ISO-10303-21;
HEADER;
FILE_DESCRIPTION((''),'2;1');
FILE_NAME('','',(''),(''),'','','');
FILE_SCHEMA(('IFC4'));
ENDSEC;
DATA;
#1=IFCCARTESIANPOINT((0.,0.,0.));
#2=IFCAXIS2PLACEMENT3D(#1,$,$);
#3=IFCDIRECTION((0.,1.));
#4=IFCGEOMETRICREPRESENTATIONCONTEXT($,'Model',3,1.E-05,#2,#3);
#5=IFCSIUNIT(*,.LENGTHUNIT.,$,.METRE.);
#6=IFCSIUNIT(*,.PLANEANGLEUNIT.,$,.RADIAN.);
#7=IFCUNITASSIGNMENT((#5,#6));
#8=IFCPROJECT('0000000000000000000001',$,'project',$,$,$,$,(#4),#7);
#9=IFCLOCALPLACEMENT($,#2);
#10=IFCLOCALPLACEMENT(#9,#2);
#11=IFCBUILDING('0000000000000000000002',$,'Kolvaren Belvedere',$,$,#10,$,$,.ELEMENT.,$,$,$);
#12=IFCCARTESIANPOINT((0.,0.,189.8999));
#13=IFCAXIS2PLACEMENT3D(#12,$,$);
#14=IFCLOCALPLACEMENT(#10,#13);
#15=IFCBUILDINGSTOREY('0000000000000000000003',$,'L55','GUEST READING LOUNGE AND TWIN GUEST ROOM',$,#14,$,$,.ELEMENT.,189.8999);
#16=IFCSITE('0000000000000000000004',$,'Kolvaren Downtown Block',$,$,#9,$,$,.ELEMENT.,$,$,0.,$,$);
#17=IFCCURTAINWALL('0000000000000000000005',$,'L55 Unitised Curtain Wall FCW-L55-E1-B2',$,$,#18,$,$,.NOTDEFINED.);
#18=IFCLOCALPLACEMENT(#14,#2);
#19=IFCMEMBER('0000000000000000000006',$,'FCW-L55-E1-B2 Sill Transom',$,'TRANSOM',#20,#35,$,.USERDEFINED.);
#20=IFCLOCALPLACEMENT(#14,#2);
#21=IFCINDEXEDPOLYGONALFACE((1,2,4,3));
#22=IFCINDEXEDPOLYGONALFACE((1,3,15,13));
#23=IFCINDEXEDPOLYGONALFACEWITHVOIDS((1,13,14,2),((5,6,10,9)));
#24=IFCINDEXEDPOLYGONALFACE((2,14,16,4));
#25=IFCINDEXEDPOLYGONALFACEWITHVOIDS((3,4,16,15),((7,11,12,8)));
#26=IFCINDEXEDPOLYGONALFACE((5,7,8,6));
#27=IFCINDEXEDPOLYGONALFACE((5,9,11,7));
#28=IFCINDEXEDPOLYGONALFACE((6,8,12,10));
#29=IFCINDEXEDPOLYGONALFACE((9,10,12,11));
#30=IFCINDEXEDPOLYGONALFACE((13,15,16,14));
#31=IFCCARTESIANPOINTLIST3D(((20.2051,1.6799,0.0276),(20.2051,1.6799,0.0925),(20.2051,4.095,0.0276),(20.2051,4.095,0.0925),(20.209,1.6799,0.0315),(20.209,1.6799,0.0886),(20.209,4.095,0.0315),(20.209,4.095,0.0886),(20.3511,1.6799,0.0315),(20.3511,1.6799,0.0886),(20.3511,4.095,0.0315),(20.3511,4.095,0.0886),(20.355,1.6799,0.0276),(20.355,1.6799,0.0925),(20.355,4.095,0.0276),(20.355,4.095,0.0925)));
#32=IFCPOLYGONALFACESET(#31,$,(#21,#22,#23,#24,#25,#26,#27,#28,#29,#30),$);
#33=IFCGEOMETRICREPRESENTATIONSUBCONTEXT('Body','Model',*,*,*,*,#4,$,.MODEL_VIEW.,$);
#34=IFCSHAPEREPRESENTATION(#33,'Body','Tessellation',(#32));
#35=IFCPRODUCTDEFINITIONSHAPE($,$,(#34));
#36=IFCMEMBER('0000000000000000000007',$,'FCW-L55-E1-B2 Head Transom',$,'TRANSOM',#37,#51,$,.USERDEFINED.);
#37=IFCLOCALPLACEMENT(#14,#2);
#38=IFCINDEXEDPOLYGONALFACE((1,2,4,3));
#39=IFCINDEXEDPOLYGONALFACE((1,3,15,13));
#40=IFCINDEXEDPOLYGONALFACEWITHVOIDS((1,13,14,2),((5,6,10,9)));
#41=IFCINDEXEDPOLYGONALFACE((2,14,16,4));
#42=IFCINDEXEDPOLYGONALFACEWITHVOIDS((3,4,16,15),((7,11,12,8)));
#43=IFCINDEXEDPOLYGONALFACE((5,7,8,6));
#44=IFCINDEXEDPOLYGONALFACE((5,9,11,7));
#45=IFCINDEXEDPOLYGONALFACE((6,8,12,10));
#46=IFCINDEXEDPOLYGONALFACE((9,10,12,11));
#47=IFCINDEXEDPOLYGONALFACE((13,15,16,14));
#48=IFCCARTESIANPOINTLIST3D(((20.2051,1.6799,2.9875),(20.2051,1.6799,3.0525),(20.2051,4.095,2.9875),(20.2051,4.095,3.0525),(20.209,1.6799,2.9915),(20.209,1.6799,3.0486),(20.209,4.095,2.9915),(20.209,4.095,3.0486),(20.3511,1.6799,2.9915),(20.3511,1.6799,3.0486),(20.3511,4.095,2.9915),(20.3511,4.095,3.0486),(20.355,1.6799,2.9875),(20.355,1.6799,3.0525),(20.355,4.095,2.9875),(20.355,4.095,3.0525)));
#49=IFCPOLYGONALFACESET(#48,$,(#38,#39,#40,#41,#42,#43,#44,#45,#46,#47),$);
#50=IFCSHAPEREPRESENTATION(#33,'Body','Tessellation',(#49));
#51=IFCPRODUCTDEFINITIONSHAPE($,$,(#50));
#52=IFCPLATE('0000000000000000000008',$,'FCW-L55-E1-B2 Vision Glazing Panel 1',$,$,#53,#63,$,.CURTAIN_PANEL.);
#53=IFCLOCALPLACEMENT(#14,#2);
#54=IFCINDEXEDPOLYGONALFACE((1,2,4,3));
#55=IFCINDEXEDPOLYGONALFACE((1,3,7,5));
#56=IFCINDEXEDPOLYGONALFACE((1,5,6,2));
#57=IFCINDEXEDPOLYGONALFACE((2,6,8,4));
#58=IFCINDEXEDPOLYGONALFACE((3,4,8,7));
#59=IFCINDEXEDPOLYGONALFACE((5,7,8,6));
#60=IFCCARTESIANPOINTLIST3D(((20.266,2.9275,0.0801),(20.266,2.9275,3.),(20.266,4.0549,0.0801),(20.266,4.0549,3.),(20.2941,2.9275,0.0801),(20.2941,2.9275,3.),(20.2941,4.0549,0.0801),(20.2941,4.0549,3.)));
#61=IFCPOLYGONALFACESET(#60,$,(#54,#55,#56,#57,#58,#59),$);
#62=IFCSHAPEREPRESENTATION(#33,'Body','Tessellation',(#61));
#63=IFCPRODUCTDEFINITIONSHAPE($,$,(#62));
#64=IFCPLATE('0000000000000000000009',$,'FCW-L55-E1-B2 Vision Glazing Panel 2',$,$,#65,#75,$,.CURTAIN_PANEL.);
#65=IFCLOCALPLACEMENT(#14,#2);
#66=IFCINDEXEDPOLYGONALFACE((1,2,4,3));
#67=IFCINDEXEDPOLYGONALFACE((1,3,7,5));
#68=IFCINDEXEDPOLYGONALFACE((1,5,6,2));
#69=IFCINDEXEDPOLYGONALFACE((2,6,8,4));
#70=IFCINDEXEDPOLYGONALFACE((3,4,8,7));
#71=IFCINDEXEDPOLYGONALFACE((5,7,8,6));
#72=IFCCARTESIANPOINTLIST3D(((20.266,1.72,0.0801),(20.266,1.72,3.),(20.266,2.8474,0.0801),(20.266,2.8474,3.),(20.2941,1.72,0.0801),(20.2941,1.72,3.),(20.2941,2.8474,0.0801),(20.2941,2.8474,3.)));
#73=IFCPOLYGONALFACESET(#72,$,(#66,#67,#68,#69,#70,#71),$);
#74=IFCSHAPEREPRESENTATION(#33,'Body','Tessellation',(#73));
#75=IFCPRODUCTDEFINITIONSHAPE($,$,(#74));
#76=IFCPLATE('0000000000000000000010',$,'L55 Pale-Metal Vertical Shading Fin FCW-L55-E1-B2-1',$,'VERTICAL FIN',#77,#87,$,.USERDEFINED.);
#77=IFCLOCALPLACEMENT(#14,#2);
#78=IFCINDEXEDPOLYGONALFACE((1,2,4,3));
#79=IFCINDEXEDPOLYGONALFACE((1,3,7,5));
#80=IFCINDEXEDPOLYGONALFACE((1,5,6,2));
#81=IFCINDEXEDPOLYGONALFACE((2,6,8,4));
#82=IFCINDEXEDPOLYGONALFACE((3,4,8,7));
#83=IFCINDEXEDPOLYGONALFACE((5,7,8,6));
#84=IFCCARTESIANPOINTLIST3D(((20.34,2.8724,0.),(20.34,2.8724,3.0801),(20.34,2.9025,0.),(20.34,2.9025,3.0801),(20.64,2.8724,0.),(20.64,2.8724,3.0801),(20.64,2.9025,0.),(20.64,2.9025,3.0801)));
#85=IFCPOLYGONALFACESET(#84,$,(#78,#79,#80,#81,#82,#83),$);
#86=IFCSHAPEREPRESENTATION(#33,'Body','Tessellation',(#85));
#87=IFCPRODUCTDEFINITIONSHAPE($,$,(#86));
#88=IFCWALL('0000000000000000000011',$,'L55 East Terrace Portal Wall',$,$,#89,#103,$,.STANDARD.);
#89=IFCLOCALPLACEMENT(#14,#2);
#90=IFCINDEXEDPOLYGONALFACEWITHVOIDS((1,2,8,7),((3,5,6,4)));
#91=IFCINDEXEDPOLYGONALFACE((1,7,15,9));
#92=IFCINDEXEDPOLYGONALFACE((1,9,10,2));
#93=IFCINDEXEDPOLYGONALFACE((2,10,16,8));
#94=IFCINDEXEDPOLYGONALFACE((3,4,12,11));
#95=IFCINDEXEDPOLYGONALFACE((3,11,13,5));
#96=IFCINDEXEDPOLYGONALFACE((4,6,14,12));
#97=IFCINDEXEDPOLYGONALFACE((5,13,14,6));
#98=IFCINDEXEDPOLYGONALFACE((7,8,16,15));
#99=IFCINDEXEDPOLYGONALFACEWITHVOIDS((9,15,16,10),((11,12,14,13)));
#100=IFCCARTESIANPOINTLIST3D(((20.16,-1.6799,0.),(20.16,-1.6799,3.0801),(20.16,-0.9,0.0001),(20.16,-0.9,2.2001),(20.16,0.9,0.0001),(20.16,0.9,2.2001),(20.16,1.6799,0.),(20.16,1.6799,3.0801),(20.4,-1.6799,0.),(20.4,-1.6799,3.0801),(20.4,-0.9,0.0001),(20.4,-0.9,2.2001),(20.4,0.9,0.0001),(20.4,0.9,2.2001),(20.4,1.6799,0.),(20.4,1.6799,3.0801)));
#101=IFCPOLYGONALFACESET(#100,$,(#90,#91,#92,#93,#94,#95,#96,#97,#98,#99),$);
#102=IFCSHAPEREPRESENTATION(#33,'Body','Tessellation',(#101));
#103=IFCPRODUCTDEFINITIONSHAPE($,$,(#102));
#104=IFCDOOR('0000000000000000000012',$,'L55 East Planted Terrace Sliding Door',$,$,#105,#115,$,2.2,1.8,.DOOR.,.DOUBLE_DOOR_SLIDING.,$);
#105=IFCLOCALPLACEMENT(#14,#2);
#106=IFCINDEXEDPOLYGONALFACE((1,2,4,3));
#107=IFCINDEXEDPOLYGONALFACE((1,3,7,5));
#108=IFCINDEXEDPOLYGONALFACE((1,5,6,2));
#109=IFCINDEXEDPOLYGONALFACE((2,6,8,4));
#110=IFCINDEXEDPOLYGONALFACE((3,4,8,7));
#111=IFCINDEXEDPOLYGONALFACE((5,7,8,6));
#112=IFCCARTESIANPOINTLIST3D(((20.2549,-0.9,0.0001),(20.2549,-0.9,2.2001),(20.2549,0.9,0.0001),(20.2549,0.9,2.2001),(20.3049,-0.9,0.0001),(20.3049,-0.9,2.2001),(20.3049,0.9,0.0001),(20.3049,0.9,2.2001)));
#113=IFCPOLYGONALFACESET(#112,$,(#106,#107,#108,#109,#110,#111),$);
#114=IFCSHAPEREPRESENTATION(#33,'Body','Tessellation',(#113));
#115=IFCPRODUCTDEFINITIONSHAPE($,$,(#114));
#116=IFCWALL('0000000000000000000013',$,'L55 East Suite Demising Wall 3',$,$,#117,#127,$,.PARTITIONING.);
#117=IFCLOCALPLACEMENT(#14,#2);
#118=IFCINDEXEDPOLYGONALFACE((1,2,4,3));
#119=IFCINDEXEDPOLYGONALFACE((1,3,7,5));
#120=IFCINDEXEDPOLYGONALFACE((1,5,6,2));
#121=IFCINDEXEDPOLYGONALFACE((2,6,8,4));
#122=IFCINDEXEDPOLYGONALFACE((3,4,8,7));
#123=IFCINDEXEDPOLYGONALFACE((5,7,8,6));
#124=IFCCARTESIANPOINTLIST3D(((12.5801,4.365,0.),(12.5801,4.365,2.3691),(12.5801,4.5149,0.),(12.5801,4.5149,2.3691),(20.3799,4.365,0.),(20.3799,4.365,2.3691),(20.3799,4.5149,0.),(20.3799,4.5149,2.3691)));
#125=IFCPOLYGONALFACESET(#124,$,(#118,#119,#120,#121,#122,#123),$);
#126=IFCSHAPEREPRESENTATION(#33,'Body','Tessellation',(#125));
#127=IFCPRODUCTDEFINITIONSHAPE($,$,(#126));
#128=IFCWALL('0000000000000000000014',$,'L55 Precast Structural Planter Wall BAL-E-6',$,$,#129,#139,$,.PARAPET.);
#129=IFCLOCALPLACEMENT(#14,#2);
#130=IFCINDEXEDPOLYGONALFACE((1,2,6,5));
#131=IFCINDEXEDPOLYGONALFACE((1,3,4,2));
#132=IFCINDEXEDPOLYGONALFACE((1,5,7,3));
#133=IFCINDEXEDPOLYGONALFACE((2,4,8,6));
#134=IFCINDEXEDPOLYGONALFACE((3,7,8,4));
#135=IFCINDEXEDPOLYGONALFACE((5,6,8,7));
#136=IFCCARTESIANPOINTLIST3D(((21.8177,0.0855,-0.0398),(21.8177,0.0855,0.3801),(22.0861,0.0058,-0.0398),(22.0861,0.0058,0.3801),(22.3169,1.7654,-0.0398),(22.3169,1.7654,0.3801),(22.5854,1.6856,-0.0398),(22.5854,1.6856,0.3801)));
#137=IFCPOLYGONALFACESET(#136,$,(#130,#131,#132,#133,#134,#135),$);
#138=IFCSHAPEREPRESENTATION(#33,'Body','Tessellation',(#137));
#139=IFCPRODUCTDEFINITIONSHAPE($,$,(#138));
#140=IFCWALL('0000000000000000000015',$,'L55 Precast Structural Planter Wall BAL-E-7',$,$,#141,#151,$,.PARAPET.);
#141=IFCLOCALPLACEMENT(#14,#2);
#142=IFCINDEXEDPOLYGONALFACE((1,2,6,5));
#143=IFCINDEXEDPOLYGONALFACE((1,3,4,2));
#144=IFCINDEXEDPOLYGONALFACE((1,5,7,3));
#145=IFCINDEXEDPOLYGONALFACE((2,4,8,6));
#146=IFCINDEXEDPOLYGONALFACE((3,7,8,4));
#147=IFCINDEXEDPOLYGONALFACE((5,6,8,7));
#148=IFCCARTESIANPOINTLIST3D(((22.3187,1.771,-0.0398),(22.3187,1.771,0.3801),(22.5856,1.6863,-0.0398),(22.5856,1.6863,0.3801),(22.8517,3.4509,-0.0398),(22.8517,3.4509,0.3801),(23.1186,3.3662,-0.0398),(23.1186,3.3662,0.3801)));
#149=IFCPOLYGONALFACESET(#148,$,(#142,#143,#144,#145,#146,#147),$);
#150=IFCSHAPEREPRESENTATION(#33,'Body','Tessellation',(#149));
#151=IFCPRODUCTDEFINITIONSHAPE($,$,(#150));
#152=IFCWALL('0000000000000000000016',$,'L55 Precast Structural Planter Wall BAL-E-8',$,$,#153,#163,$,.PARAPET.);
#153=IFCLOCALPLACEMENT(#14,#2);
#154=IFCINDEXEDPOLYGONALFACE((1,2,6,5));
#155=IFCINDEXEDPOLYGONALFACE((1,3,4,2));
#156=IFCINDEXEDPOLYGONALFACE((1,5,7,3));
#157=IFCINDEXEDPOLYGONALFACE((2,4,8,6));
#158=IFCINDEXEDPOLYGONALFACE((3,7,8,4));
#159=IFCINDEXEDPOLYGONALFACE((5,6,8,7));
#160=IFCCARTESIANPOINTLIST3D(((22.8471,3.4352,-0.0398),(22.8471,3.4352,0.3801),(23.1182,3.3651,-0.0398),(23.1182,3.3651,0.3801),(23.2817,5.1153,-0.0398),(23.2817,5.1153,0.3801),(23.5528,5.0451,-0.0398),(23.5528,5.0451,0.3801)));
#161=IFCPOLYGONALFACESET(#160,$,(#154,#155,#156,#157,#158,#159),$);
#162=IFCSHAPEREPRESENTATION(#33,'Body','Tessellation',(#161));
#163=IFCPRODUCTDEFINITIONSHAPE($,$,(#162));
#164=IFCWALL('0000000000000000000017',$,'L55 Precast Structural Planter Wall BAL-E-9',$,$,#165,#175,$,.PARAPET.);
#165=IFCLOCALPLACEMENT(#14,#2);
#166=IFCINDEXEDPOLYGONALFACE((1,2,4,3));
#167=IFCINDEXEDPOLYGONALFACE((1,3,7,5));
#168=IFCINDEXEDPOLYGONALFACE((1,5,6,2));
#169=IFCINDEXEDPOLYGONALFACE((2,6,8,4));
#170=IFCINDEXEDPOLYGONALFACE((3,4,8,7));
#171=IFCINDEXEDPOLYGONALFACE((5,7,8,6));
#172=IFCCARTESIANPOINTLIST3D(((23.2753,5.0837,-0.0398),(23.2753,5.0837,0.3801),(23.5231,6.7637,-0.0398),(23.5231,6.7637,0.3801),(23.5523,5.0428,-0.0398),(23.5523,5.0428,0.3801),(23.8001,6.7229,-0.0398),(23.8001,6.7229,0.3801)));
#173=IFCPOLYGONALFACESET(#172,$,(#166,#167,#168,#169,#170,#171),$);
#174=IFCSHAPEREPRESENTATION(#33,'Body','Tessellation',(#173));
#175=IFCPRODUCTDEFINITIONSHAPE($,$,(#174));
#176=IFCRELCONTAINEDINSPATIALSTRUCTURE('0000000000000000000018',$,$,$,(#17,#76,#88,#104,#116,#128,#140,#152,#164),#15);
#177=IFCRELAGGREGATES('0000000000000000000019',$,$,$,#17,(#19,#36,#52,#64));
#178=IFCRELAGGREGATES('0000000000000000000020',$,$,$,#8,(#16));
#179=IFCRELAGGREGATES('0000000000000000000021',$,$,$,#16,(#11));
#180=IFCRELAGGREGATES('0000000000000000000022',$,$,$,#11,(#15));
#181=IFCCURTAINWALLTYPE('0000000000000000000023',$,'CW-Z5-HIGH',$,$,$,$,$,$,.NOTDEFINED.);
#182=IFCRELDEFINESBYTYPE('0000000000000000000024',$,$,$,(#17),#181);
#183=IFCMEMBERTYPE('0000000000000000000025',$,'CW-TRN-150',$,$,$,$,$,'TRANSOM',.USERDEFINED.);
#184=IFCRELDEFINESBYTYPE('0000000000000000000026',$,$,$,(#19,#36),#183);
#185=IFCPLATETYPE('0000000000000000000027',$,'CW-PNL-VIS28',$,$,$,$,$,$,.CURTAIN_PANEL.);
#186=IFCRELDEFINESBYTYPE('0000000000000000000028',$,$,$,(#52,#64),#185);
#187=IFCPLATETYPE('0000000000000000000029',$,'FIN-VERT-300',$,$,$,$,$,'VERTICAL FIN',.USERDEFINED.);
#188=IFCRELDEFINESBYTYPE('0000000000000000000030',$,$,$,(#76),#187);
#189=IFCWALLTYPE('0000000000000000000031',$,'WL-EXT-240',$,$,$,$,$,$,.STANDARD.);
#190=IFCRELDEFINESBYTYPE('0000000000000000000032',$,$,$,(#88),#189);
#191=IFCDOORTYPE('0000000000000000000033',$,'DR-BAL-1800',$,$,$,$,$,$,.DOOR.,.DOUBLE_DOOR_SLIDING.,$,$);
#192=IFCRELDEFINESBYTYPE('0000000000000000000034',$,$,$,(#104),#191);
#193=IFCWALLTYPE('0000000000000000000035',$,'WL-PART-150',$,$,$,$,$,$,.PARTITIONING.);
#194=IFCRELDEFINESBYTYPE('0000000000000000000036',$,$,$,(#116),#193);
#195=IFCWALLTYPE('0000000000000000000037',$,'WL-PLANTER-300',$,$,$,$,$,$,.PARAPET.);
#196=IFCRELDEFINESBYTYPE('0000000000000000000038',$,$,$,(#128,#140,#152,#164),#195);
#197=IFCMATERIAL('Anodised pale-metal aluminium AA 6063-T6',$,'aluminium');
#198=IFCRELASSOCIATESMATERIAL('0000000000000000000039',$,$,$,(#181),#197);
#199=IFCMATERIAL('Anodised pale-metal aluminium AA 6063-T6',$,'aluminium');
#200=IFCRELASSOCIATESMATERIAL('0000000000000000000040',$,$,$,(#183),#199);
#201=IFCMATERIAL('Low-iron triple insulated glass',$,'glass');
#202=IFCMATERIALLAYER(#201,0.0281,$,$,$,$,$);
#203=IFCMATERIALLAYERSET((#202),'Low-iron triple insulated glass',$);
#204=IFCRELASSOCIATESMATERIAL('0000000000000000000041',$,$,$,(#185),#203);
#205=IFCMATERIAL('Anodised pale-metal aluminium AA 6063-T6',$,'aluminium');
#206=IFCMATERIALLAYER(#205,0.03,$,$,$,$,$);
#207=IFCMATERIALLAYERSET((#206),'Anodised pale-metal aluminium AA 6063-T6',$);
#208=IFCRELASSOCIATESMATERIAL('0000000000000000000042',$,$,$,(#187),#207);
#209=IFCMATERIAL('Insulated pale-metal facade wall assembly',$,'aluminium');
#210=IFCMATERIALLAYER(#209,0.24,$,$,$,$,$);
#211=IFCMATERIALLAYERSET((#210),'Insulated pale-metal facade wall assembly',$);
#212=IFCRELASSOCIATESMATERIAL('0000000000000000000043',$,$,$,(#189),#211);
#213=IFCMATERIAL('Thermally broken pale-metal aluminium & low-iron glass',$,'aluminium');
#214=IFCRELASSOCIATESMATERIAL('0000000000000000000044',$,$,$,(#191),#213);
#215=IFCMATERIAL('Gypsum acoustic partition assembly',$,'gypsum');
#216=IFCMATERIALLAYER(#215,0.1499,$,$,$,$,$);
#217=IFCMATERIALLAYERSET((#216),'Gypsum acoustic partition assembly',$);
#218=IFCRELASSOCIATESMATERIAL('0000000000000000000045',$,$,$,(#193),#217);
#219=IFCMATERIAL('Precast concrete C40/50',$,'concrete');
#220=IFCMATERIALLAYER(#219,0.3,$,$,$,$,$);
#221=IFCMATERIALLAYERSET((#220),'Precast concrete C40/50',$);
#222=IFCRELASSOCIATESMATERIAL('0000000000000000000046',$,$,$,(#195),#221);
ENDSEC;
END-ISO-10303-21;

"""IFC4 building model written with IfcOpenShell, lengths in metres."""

from ifc_helpers import new_model, si_unit, direction, frame, frame_2d, origin, origin_2d, place, context, subcontext, project, spatial, rectangle, hollow_rectangle, extrude, material, layer, layer_set, material_profile, profile_set, type_object, element, fill, aggregate, save


model = new_model("IFC4")

# Units and contexts
model_context = context("Model", 3, precision=1e-05, world=origin(), true_north=direction((0.0, 1.0)))
body_context = subcontext(model_context, "Body", "Model", "MODEL_VIEW")
ifc_project = project(units=[si_unit("LENGTHUNIT", "METRE"), si_unit("PLANEANGLEUNIT", "RADIAN")], contexts=[model_context])

# Site, building, storey
site_placement = place(None, origin())
site = spatial("IfcSite", under=ifc_project, at=site_placement, Name="Kolvaren Downtown Block", CompositionType="ELEMENT", RefElevation=0.0)
building_placement = place(site_placement, origin())
building = spatial("IfcBuilding", under=site, at=building_placement, Name="Kolvaren Belvedere", CompositionType="ELEMENT")
storey_placement = place(building_placement, frame((0.0, 0.0, 189.8999)))
storey = spatial("IfcBuildingStorey", under=building, at=storey_placement, Name="L55", Description="GUEST READING LOUNGE AND TWIN GUEST ROOM", CompositionType="ELEMENT", Elevation=189.8999)

# Shared definitions
ifc_material_1 = material(Name="Anodised pale-metal aluminium AA 6063-T6", Category="aluminium")
curtain_wall_type = type_object("IfcCurtainWallType", Name="CW-Z5-HIGH", PredefinedType="NOTDEFINED", material=ifc_material_1)

# Curtain wall, members, plates
curtain_wall_1_placement = place(storey_placement, origin())
curtain_wall_1 = element("IfcCurtainWall", 1, at=curtain_wall_1_placement, inside=storey, type_object=curtain_wall_type, Name="L55 Unitised Curtain Wall FCW-L55-E1-B2", PredefinedType="NOTDEFINED")
ifc_material_2 = material(Name="Anodised pale-metal aluminium AA 6063-T6", Category="aluminium")
ifc_material_profile_1 = material_profile(ifc_material_2, hollow_rectangle(XDim=0.0649, YDim=0.1499, WallThickness=0.0039, at=origin_2d()), Name="ALU-TRN-150X65")
ifc_profile_set_1 = profile_set([ifc_material_profile_1], Name="Anodised pale-metal aluminium AA 6063-T6")
member_type_1 = type_object("IfcMemberType", Name="CW-TRN-150", ElementType="TRANSOM", PredefinedType="USERDEFINED", material=ifc_profile_set_1)
member_1_placement = place(storey_placement, frame((20.28, 4.095, 0.0601), z_axis=(0.0, -1.0, 0.0), x_axis=(0.0, 0.0, 1.0)))
member_1 = element("IfcMember", 2, at=member_1_placement, type_object=member_type_1, Name="FCW-L55-E1-B2 Sill Transom", ObjectType="TRANSOM", PredefinedType="USERDEFINED", context=body_context, shape_type="SweptSolid", body=[
    extrude(hollow_rectangle(XDim=0.0649, YDim=0.1499, WallThickness=0.0039, at=origin_2d()), origin(), (0.0, 0.0, 1.0), 2.415),
])
member_2_placement = place(storey_placement, frame((20.28, 4.095, 3.02), z_axis=(0.0, -1.0, 0.0), x_axis=(0.0, 0.0, 1.0)))
member_2 = element("IfcMember", 3, at=member_2_placement, type_object=member_type_1, Name="FCW-L55-E1-B2 Head Transom", ObjectType="TRANSOM", PredefinedType="USERDEFINED", context=body_context, shape_type="SweptSolid", body=[
    extrude(hollow_rectangle(XDim=0.0649, YDim=0.1499, WallThickness=0.0039, at=origin_2d()), origin(), (0.0, 0.0, 1.0), 2.415),
])
ifc_material_3 = material(Name="Low-iron triple insulated glass", Category="glass")
ifc_layer_1 = layer(ifc_material_3, 0.0281)
ifc_layer_set_1 = layer_set([ifc_layer_1], Name="Low-iron triple insulated glass")
plate_type_1 = type_object("IfcPlateType", Name="CW-PNL-VIS28", PredefinedType="CURTAIN_PANEL", material=ifc_layer_set_1)
plate_1_placement = place(storey_placement, frame((20.28, 3.4912, 0.0801), z_axis=(0.0, 0.0, 1.0), x_axis=(0.0, -1.0, 0.0)))
plate_1 = element("IfcPlate", 4, at=plate_1_placement, type_object=plate_type_1, Name="FCW-L55-E1-B2 Vision Glazing Panel 1", PredefinedType="CURTAIN_PANEL", context=body_context, shape_type="SweptSolid", body=[
    extrude(rectangle(XDim=1.1274, YDim=0.0281, at=origin_2d()), origin(), (0.0, 0.0, 1.0), 2.9199),
])
plate_2_placement = place(storey_placement, frame((20.28, 2.2837, 0.0801), z_axis=(0.0, 0.0, 1.0), x_axis=(0.0, -1.0, 0.0)))
plate_2 = element("IfcPlate", 5, at=plate_2_placement, type_object=plate_type_1, Name="FCW-L55-E1-B2 Vision Glazing Panel 2", PredefinedType="CURTAIN_PANEL", context=body_context, shape_type="SweptSolid", body=[
    extrude(rectangle(XDim=1.1274, YDim=0.0281, at=origin_2d()), origin(), (0.0, 0.0, 1.0), 2.9199),
])
aggregate(curtain_wall_1, [member_1, member_2, plate_1, plate_2])

# Plate
ifc_material_4 = material(Name="Anodised pale-metal aluminium AA 6063-T6", Category="aluminium")
ifc_layer_2 = layer(ifc_material_4, 0.03)
ifc_layer_set_2 = layer_set([ifc_layer_2], Name="Anodised pale-metal aluminium AA 6063-T6")
plate_type_2 = type_object("IfcPlateType", Name="FIN-VERT-300", ElementType="VERTICAL FIN", PredefinedType="USERDEFINED", material=ifc_layer_set_2)
plate_3_placement = place(storey_placement, frame((20.49, 2.8875, 0.0), z_axis=(0.0, 0.0, 1.0), x_axis=(1.0, 0.0, 0.0)))
element("IfcPlate", 6, at=plate_3_placement, inside=storey, type_object=plate_type_2, Name="L55 Pale-Metal Vertical Shading Fin FCW-L55-E1-B2-1", ObjectType="VERTICAL FIN", PredefinedType="USERDEFINED", context=body_context, shape_type="SweptSolid", body=[
    extrude(rectangle(XDim=0.3, YDim=0.03, at=origin_2d()), origin(), (0.0, 0.0, 1.0), 3.0801),
])

# Wall, opening, door
ifc_material_5 = material(Name="Insulated pale-metal facade wall assembly", Category="aluminium")
ifc_layer_3 = layer(ifc_material_5, 0.24)
ifc_layer_set_3 = layer_set([ifc_layer_3], Name="Insulated pale-metal facade wall assembly")
wall_type_1 = type_object("IfcWallType", Name="WL-EXT-240", PredefinedType="STANDARD", material=ifc_layer_set_3)
wall_1_placement = place(storey_placement, frame((20.28, 1.6799, 0.0), z_axis=(0.0, 0.0, 1.0), x_axis=(0.0, -1.0, 0.0)))
wall_1 = element("IfcWall", 7, at=wall_1_placement, inside=storey, type_object=wall_type_1, Name="L55 East Terrace Portal Wall", PredefinedType="STANDARD", context=body_context, shape_type="SweptSolid", body=[
    extrude(rectangle(XDim=3.3599, YDim=0.24, at=frame_2d((1.6799, 0.0))), origin(), (0.0, 0.0, 1.0), 3.0801),
])
opening_placement = place(wall_1_placement, frame((0.78, 0.0, 0.0)))
opening = element("IfcOpeningElement", 8, at=opening_placement, cuts=wall_1, PredefinedType="OPENING", context=body_context, shape_type="SweptSolid", body=[
    extrude(rectangle(XDim=1.8, YDim=2.2, at=frame_2d((0.8999, 1.1001))), frame((0.0, 0.1299, 0.0), z_axis=(0.0, -1.0, 0.0), x_axis=(1.0, 0.0, 0.0)), (0.0, 0.0, 1.0), 0.26),
])
ifc_material_6 = material(Name="Thermally broken pale-metal aluminium & low-iron glass", Category="aluminium")
door_type = type_object("IfcDoorType", Name="DR-BAL-1800", OperationType="DOUBLE_DOOR_SLIDING", PredefinedType="DOOR", material=ifc_material_6)
door_placement = place(opening_placement, origin())
door = element("IfcDoor", 9, at=door_placement, inside=storey, type_object=door_type, Name="L55 East Planted Terrace Sliding Door", OperationType="DOUBLE_DOOR_SLIDING", OverallHeight=2.2, OverallWidth=1.8, PredefinedType="DOOR", context=body_context, shape_type="SweptSolid", body=[
    extrude(rectangle(XDim=1.8, YDim=2.2, at=frame_2d((0.8999, 1.1001))), frame((0.0, 0.0249, 0.0), z_axis=(0.0, -1.0, 0.0), x_axis=(1.0, 0.0, 0.0)), (0.0, 0.0, 1.0), 0.05),
])
fill(opening, door)

# Walls
ifc_material_7 = material(Name="Gypsum acoustic partition assembly", Category="gypsum")
ifc_layer_4 = layer(ifc_material_7, 0.1499)
ifc_layer_set_4 = layer_set([ifc_layer_4], Name="Gypsum acoustic partition assembly")
wall_type_2 = type_object("IfcWallType", Name="WL-PART-150", PredefinedType="PARTITIONING", material=ifc_layer_set_4)
wall_2_placement = place(storey_placement, frame((12.5801, 4.4399, 0.0), z_axis=(0.0, 0.0, 1.0), x_axis=(1.0, 0.0, 0.0)))
element("IfcWall", 10, at=wall_2_placement, inside=storey, type_object=wall_type_2, Name="L55 East Suite Demising Wall 3", PredefinedType="PARTITIONING", context=body_context, shape_type="SweptSolid", body=[
    extrude(rectangle(XDim=7.7998, YDim=0.1499, at=frame_2d((3.8999, 0.0))), origin(), (0.0, 0.0, 1.0), 2.3691),
])
ifc_material_8 = material(Name="Precast concrete C40/50", Category="concrete")
ifc_layer_5 = layer(ifc_material_8, 0.3)
ifc_layer_set_5 = layer_set([ifc_layer_5], Name="Precast concrete C40/50")
wall_type_3 = type_object("IfcWallType", Name="WL-PLANTER-300", PredefinedType="PARAPET", material=ifc_layer_set_5)
wall_3_placement = place(storey_placement, frame((21.9519, 0.0457, -0.0398), z_axis=(0.0, 0.0, 1.0), x_axis=(0.28488, 0.958563, 0.0)))
element("IfcWall", 11, at=wall_3_placement, inside=storey, type_object=wall_type_3, Name="L55 Precast Structural Planter Wall BAL-E-6", PredefinedType="PARAPET", context=body_context, shape_type="SweptSolid", body=[
    extrude(rectangle(XDim=1.7524, YDim=0.28, at=frame_2d((0.8762, 0.0))), origin(), (0.0, 0.0, 1.0), 0.4199),
])
wall_4_placement = place(storey_placement, frame((22.4521, 1.7285, -0.0398), z_axis=(0.0, 0.0, 1.0), x_axis=(0.302397, 0.953182, 0.0)))
element("IfcWall", 12, at=wall_4_placement, inside=storey, type_object=wall_type_3, Name="L55 Precast Structural Planter Wall BAL-E-7", PredefinedType="PARAPET", context=body_context, shape_type="SweptSolid", body=[
    extrude(rectangle(XDim=1.7625, YDim=0.28, at=frame_2d((0.8813, 0.0))), origin(), (0.0, 0.0, 1.0), 0.4199),
])
wall_5_placement = place(storey_placement, frame((22.9827, 3.4001, -0.0398), z_axis=(0.0, 0.0, 1.0), x_axis=(0.25044, 0.968132, 0.0)))
element("IfcWall", 13, at=wall_5_placement, inside=storey, type_object=wall_type_3, Name="L55 Precast Structural Planter Wall BAL-E-8", PredefinedType="PARAPET", context=body_context, shape_type="SweptSolid", body=[
    extrude(rectangle(XDim=1.7354, YDim=0.28, at=frame_2d((0.8677, 0.0))), origin(), (0.0, 0.0, 1.0), 0.4199),
])
wall_6_placement = place(storey_placement, frame((23.4138, 5.0632, -0.0398), z_axis=(0.0, 0.0, 1.0), x_axis=(0.145908, 0.989298, 0.0)))
element("IfcWall", 14, at=wall_6_placement, inside=storey, type_object=wall_type_3, Name="L55 Precast Structural Planter Wall BAL-E-9", PredefinedType="PARAPET", context=body_context, shape_type="SweptSolid", body=[
    extrude(rectangle(XDim=1.6982, YDim=0.28, at=frame_2d((0.8491, 0.0))), origin(), (0.0, 0.0, 1.0), 0.4199),
])

save(model, "model.ifc")
